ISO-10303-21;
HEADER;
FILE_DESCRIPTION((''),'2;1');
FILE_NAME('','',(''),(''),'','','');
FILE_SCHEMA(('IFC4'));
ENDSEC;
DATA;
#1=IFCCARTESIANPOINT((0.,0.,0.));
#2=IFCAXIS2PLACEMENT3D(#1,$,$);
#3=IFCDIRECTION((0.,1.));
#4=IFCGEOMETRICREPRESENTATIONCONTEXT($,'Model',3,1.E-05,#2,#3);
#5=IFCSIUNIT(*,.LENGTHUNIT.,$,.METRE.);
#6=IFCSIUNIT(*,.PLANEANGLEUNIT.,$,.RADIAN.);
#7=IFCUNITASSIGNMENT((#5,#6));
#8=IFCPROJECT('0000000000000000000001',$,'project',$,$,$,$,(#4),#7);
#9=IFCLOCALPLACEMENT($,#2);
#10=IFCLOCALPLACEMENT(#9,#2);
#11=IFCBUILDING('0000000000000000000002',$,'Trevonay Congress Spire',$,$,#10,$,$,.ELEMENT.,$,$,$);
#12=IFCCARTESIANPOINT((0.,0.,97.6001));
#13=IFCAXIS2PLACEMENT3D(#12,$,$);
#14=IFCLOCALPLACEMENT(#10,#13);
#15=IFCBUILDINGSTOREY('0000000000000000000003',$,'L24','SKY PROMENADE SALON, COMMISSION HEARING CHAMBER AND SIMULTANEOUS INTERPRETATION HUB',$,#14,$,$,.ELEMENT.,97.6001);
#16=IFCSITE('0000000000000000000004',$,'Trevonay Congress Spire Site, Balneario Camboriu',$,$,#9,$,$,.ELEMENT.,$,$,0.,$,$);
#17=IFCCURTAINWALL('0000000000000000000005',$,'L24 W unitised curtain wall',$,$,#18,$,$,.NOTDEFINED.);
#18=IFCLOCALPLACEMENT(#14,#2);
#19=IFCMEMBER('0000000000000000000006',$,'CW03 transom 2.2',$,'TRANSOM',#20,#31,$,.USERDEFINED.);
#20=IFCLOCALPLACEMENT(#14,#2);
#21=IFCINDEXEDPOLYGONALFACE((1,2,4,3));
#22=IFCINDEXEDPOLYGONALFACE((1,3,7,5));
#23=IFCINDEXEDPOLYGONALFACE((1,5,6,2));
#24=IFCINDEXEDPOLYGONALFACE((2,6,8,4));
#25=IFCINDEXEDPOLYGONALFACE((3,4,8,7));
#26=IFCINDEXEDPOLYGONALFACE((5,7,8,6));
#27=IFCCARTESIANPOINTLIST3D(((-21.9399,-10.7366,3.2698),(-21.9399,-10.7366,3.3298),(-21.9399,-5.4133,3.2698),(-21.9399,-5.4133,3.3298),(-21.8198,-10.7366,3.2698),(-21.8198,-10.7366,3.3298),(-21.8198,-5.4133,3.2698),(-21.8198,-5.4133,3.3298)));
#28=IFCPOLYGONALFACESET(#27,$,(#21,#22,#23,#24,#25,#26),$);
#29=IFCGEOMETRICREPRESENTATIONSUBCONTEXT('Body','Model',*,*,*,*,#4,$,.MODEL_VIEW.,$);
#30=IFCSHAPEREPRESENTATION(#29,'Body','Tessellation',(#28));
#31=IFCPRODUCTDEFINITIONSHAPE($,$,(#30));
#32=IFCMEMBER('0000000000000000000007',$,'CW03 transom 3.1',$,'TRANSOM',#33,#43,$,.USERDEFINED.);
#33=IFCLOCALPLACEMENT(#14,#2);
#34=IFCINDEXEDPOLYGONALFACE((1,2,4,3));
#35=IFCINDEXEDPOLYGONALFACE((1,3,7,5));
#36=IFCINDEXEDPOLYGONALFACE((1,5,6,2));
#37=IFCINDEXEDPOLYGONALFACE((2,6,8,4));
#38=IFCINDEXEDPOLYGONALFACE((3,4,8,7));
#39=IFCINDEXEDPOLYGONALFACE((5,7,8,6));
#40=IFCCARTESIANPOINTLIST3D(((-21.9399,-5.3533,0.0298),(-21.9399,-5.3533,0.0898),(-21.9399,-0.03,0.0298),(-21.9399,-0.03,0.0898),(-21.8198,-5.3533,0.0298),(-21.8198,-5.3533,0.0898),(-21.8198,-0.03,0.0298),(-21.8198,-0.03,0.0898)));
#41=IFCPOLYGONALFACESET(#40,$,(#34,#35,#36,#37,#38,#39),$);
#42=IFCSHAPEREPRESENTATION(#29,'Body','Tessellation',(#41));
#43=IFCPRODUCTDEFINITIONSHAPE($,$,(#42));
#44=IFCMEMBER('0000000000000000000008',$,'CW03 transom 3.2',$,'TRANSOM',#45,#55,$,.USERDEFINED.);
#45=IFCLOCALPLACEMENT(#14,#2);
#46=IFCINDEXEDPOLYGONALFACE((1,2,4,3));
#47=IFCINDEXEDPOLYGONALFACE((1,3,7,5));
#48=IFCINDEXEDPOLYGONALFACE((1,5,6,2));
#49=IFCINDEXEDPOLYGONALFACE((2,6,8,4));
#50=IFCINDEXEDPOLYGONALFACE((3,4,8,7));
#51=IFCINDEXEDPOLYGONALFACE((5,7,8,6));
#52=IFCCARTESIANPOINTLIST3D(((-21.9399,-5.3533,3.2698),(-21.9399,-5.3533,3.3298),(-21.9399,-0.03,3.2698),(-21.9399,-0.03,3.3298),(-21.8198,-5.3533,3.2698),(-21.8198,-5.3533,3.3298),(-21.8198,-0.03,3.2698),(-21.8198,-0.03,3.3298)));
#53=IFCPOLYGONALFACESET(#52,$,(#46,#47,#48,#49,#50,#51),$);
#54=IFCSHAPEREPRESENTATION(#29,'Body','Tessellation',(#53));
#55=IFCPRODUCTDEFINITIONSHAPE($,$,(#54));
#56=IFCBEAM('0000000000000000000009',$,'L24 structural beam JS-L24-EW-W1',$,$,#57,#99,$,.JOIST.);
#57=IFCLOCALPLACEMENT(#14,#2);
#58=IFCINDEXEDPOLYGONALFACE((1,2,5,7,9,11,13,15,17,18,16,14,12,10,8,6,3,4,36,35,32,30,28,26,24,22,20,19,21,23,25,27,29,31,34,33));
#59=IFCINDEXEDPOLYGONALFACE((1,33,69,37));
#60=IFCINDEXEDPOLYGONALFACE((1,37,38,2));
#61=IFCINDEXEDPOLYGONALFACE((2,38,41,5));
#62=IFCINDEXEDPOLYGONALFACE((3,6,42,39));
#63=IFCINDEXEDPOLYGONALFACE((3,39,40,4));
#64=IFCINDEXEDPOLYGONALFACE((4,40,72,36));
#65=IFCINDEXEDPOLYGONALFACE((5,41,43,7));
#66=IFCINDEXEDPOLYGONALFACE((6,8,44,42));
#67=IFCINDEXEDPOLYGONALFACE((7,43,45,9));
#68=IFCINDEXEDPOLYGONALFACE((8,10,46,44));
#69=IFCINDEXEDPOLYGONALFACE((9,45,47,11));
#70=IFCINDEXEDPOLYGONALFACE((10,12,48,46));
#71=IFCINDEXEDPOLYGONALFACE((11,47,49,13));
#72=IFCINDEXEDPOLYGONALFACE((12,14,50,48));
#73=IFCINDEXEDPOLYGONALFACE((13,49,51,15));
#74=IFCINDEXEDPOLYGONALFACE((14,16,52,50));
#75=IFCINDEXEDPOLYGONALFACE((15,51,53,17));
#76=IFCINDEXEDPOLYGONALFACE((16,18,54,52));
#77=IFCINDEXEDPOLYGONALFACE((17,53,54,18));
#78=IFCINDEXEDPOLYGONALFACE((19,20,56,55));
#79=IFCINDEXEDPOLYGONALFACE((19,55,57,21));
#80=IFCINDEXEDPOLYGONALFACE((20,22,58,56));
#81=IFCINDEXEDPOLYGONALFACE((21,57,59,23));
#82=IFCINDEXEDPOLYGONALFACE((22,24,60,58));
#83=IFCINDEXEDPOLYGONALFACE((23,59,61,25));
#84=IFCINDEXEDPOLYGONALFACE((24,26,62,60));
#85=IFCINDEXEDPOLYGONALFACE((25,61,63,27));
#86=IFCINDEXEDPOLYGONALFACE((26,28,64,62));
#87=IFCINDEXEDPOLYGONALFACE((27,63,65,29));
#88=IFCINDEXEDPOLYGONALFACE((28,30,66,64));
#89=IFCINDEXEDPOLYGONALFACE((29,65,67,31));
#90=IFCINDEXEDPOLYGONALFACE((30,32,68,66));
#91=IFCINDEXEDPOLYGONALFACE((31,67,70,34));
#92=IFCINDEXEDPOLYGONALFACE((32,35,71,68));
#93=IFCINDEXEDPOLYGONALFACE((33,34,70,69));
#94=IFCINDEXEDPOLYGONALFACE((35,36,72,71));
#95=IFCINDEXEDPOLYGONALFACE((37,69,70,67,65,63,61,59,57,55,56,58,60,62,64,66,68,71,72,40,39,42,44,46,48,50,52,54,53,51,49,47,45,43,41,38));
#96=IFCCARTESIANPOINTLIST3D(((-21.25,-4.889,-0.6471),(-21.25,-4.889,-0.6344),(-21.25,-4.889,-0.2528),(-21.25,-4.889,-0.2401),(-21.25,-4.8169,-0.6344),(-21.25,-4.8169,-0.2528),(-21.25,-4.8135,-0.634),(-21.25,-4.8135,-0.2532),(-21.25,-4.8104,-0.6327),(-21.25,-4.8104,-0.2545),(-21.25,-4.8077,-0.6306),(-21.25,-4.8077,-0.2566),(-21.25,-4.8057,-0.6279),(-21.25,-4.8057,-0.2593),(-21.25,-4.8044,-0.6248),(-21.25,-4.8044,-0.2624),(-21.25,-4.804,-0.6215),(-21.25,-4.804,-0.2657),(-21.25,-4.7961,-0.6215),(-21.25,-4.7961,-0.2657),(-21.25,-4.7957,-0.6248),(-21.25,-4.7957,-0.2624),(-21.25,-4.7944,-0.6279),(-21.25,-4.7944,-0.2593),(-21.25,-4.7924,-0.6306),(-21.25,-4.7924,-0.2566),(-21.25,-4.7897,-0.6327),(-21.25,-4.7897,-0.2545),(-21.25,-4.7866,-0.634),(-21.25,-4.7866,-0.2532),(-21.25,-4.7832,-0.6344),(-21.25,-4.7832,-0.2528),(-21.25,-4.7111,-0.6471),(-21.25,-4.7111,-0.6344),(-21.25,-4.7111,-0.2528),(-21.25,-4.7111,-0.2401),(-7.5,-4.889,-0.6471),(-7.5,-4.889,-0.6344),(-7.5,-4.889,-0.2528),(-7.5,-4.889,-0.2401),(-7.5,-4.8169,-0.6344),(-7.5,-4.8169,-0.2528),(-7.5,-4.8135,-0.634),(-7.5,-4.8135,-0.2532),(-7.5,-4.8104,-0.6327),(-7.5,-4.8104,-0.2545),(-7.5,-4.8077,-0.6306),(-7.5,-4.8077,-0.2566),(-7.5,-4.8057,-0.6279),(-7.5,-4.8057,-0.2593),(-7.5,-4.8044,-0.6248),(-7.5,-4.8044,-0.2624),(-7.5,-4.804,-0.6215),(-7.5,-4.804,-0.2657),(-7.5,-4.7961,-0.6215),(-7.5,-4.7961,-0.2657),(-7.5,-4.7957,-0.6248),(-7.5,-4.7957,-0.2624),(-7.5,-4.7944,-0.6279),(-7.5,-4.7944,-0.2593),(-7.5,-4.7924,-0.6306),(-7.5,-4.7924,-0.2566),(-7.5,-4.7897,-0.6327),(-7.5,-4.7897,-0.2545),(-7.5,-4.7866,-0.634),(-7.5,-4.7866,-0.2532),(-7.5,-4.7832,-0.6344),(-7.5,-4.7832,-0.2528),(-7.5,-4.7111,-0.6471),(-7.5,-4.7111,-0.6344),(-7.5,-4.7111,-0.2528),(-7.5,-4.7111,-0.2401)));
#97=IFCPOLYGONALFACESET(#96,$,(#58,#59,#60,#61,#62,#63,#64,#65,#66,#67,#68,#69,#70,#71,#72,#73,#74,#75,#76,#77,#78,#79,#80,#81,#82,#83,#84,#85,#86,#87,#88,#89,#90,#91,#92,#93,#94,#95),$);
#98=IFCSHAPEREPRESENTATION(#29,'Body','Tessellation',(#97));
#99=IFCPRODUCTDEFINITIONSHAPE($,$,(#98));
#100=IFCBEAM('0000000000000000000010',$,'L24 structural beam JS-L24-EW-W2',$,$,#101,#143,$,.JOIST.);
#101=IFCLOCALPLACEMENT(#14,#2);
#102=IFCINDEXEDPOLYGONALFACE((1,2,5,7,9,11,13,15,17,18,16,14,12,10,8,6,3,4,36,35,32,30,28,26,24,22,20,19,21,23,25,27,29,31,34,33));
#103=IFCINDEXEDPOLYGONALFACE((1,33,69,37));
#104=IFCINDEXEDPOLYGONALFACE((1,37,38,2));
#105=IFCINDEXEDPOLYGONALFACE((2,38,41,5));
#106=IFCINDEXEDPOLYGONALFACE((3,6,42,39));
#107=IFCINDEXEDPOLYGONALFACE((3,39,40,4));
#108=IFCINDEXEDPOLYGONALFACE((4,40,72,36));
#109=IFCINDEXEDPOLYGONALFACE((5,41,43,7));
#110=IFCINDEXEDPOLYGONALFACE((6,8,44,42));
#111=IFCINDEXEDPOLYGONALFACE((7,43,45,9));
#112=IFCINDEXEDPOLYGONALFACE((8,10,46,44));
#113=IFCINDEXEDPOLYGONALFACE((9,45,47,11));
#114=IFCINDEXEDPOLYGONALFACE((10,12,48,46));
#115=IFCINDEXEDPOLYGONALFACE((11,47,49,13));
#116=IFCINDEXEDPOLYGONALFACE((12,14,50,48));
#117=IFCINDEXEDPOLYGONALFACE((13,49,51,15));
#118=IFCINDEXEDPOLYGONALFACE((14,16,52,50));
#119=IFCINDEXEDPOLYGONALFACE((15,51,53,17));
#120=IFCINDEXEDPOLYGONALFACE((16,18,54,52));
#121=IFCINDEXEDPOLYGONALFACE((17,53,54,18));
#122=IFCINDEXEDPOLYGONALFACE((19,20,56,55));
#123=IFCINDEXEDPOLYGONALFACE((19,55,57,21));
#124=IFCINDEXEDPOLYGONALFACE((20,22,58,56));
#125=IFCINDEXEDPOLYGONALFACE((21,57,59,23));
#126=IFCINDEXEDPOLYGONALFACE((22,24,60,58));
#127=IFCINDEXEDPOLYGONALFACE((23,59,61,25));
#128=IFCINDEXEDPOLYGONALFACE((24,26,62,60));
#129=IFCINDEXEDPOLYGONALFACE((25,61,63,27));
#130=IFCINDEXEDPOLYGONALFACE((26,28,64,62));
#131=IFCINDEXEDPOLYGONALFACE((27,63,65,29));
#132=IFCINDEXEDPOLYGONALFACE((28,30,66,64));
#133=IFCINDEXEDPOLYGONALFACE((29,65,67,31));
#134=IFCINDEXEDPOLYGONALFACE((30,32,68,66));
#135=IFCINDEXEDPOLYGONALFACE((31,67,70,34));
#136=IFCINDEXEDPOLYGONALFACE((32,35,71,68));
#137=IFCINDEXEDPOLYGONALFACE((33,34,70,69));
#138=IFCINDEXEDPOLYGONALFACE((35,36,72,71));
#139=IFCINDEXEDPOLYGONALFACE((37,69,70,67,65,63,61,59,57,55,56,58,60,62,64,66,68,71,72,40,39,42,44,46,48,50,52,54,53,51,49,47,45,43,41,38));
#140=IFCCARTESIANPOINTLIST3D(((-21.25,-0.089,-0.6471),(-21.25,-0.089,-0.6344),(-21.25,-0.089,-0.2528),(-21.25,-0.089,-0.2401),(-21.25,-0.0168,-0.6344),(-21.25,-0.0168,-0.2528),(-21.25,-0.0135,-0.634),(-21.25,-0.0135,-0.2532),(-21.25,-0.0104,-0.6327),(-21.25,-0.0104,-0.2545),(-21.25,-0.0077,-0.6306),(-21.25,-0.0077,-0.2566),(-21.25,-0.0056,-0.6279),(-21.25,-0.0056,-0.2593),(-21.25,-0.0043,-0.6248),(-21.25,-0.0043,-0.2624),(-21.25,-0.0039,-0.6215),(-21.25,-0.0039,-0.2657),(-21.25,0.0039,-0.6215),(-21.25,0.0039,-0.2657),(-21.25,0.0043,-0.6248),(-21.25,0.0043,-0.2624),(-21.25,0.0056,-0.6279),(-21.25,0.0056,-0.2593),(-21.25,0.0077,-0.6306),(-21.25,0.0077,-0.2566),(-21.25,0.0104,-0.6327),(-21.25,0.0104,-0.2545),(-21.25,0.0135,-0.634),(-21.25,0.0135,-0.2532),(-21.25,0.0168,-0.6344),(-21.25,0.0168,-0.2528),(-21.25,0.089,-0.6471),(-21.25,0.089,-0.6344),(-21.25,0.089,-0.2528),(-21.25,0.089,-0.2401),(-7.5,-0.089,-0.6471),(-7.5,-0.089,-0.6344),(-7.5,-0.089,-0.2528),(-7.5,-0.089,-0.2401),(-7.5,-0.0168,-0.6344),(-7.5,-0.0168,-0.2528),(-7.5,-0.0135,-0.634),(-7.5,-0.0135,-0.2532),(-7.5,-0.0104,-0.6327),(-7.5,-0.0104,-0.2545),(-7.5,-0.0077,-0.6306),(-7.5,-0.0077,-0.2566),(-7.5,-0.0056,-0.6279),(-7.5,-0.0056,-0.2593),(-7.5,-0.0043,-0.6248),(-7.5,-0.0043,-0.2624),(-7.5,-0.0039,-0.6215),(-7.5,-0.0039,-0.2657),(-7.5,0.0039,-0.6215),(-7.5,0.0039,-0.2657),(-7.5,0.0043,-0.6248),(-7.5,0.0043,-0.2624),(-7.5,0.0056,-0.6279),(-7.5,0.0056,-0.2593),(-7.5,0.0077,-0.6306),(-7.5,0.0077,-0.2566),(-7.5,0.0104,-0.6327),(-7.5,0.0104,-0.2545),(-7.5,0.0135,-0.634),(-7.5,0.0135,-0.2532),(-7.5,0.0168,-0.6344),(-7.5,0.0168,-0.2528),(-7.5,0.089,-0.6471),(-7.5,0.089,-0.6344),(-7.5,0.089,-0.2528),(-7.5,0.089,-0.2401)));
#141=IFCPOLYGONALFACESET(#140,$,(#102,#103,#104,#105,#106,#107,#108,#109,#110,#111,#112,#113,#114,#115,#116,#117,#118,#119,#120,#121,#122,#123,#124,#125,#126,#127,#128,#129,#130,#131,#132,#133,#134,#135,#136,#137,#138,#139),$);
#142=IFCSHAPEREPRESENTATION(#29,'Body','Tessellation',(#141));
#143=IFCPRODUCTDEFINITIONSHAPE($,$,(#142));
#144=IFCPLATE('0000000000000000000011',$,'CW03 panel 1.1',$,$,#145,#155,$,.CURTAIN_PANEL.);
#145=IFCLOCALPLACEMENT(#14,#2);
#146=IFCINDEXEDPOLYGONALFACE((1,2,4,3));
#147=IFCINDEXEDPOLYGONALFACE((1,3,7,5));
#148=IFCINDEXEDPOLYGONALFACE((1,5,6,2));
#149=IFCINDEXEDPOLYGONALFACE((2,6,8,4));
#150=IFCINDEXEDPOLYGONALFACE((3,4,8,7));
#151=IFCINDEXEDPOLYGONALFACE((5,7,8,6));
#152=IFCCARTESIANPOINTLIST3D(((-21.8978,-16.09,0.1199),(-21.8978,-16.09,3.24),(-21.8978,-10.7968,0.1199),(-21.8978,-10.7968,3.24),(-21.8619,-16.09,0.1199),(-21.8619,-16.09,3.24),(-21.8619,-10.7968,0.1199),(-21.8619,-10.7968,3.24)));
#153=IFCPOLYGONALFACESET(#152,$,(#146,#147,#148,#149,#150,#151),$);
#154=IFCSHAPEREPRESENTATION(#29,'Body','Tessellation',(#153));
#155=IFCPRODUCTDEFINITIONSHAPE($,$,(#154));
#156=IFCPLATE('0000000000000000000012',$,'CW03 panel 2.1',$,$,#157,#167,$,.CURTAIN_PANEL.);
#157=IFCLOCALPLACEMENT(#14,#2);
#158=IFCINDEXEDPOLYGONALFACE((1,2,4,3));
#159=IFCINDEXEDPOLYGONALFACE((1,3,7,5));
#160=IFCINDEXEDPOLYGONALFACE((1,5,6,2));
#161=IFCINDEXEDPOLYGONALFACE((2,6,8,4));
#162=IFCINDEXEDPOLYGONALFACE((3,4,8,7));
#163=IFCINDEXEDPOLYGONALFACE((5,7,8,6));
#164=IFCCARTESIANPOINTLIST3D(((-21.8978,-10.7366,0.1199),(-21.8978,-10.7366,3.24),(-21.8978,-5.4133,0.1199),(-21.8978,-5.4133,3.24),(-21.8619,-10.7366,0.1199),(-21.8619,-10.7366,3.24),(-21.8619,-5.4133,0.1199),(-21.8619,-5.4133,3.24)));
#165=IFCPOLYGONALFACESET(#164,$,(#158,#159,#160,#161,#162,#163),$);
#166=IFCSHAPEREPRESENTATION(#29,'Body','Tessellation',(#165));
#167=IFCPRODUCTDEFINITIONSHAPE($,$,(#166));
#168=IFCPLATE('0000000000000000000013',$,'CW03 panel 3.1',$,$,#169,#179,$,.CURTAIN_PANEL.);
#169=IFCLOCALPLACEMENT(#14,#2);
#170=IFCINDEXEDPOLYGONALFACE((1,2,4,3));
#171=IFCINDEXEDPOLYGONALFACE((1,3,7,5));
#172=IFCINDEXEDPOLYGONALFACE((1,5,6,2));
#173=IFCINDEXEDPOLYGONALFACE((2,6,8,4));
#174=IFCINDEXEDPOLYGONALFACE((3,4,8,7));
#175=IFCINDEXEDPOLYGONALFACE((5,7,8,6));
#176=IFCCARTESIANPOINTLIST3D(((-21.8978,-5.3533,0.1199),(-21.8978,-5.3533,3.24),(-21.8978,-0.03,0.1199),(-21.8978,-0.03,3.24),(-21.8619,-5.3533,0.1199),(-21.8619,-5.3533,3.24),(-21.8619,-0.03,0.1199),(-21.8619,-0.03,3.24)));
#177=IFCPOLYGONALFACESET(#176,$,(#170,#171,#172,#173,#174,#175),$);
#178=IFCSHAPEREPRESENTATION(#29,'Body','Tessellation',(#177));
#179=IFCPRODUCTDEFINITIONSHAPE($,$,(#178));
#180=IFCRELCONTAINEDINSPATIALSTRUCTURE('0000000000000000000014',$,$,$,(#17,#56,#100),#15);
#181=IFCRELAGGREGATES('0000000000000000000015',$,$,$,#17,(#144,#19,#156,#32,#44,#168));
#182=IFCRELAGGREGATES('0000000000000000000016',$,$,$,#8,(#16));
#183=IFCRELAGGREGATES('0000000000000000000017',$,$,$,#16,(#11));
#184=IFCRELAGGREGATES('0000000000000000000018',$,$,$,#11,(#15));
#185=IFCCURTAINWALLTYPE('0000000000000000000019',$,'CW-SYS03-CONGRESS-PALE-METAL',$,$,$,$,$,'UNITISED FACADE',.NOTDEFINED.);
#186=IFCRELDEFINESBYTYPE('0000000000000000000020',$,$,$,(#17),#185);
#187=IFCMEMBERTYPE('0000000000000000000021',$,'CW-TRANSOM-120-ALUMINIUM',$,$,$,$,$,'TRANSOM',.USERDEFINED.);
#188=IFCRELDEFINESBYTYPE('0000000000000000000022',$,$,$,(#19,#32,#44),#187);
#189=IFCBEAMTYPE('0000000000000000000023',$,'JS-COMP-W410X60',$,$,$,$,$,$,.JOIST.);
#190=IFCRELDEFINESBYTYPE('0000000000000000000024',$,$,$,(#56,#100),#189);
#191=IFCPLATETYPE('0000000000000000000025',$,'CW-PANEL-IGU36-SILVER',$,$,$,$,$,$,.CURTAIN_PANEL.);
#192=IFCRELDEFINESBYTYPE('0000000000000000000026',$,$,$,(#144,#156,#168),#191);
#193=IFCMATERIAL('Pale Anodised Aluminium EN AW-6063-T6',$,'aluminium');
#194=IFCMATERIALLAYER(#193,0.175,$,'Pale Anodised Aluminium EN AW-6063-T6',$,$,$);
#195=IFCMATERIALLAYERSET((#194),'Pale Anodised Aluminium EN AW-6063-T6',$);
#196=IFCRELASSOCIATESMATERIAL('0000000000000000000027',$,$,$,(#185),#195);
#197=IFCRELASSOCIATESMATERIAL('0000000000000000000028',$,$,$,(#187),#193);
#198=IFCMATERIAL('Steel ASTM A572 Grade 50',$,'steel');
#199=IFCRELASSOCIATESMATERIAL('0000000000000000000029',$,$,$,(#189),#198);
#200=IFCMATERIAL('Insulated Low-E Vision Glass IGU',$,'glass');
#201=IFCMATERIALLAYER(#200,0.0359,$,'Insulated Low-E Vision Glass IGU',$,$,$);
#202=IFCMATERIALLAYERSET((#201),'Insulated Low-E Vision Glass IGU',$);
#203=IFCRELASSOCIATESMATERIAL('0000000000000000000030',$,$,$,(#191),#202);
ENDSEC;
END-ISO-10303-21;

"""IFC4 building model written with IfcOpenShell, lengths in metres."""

from ifc_helpers import new_model, si_unit, direction, frame, origin, origin_2d, place, context, subcontext, project, spatial, rectangle, i_section, extrude, material, layer, layer_set, material_profile, profile_set, type_object, element, aggregate, save


model = new_model("IFC4")

# Units and contexts
model_context = context("Model", 3, precision=1e-05, world=origin(), true_north=direction((0.0, 1.0)))
body_context = subcontext(model_context, "Body", "Model", "MODEL_VIEW")
ifc_project = project(units=[si_unit("LENGTHUNIT", "METRE"), si_unit("PLANEANGLEUNIT", "RADIAN")], contexts=[model_context])

# Site, building, storey
site_placement = place(None, origin())
site = spatial("IfcSite", under=ifc_project, at=site_placement, Name="Trevonay Congress Spire Site, Balneario Camboriu", CompositionType="ELEMENT", RefElevation=0.0)
building_placement = place(site_placement, origin())
building = spatial("IfcBuilding", under=site, at=building_placement, Name="Trevonay Congress Spire", CompositionType="ELEMENT")
storey_placement = place(building_placement, frame((0.0, 0.0, 97.6001)))
storey = spatial("IfcBuildingStorey", under=building, at=storey_placement, Name="L24", Description="SKY PROMENADE SALON, COMMISSION HEARING CHAMBER AND SIMULTANEOUS INTERPRETATION HUB", CompositionType="ELEMENT", Elevation=97.6001)

# Shared definitions
ifc_material_1 = material(Name="Steel ASTM A572 Grade 50", Category="steel")

# Curtain wall, members
ifc_material_2 = material(Name="Pale Anodised Aluminium EN AW-6063-T6", Category="aluminium")
ifc_layer_1 = layer(ifc_material_2, 0.175, Name="Pale Anodised Aluminium EN AW-6063-T6")
ifc_layer_set_1 = layer_set([ifc_layer_1], Name="Pale Anodised Aluminium EN AW-6063-T6")
curtain_wall_type = type_object("IfcCurtainWallType", Name="CW-SYS03-CONGRESS-PALE-METAL", ElementType="UNITISED FACADE", PredefinedType="NOTDEFINED", material=ifc_layer_set_1)
curtain_wall_placement = place(storey_placement, origin())
curtain_wall = element("IfcCurtainWall", 1, at=curtain_wall_placement, inside=storey, type_object=curtain_wall_type, Name="L24 W unitised curtain wall", PredefinedType="NOTDEFINED")
ifc_material_profile_1 = material_profile(ifc_material_2, rectangle(XDim=0.1201, YDim=0.0601, at=origin_2d()), Name="CW-TRANSOM-120-ALUMINIUM")
ifc_profile_set_1 = profile_set([ifc_material_profile_1], Name="Pale Anodised Aluminium EN AW-6063-T6")
member_type_1 = type_object("IfcMemberType", Name="CW-TRANSOM-120-ALUMINIUM", ElementType="TRANSOM", PredefinedType="USERDEFINED", material=ifc_profile_set_1)
member_1_placement = place(storey_placement, frame((-21.8799, -10.7366, 3.2998), z_axis=(0.0, 1.0, 0.0), x_axis=(-1.0, 0.0, 0.0)))
member_1 = element("IfcMember", 2, at=member_1_placement, type_object=member_type_1, Name="CW03 transom 2.2", ObjectType="TRANSOM", PredefinedType="USERDEFINED", context=body_context, shape_type="SweptSolid", body=[
    extrude(rectangle(XDim=0.1201, YDim=0.0601, at=origin_2d()), origin(), (0.0, 0.0, 1.0), 5.3232),
])
member_2_placement = place(storey_placement, frame((-21.8799, -5.3533, 0.0598), z_axis=(0.0, 1.0, 0.0), x_axis=(-1.0, 0.0, 0.0)))
member_2 = element("IfcMember", 3, at=member_2_placement, type_object=member_type_1, Name="CW03 transom 3.1", ObjectType="TRANSOM", PredefinedType="USERDEFINED", context=body_context, shape_type="SweptSolid", body=[
    extrude(rectangle(XDim=0.1201, YDim=0.0601, at=origin_2d()), origin(), (0.0, 0.0, 1.0), 5.3232),
])
member_3_placement = place(storey_placement, frame((-21.8799, -5.3533, 3.2998), z_axis=(0.0, 1.0, 0.0), x_axis=(-1.0, 0.0, 0.0)))
member_3 = element("IfcMember", 4, at=member_3_placement, type_object=member_type_1, Name="CW03 transom 3.2", ObjectType="TRANSOM", PredefinedType="USERDEFINED", context=body_context, shape_type="SweptSolid", body=[
    extrude(rectangle(XDim=0.1201, YDim=0.0601, at=origin_2d()), origin(), (0.0, 0.0, 1.0), 5.3232),
])

# Beams
ifc_material_profile_2 = material_profile(ifc_material_1, i_section(OverallWidth=0.178, OverallDepth=0.407, WebThickness=0.0078, FlangeThickness=0.0127, FilletRadius=0.0129, at=origin_2d()), Name="W410x60")
ifc_profile_set_2 = profile_set([ifc_material_profile_2], Name="Steel ASTM A572 Grade 50")
beam_type_1 = type_object("IfcBeamType", Name="JS-COMP-W410X60", PredefinedType="JOIST", material=ifc_profile_set_2)
for number, where, z_axis, x_axis, name in (
    (5, (-21.25, -4.8, -0.4436), (1.0, 0.0, 0.0), (0.0, 1.0, 0.0), "L24 structural beam JS-L24-EW-W1"),
    (6, (-21.25, 0.0, -0.4436), (1.0, 0.0, 0.0), (0.0, 1.0, 0.0), "L24 structural beam JS-L24-EW-W2"),
):
    element("IfcBeam", number, at=place(storey_placement, frame(where, z_axis=z_axis, x_axis=x_axis)), inside=storey, type_object=beam_type_1, Name=name, PredefinedType="JOIST", context=body_context, shape_type="SweptSolid", body=[
        extrude(i_section(OverallWidth=0.178, OverallDepth=0.407, WebThickness=0.0078, FlangeThickness=0.0127, FilletRadius=0.0129, at=origin_2d()), origin(), (0.0, 0.0, 1.0), 13.75),
    ])

# Plates
ifc_material_3 = material(Name="Insulated Low-E Vision Glass IGU", Category="glass")
ifc_layer_2 = layer(ifc_material_3, 0.0359, Name="Insulated Low-E Vision Glass IGU")
ifc_layer_set_2 = layer_set([ifc_layer_2], Name="Insulated Low-E Vision Glass IGU")
plate_type = type_object("IfcPlateType", Name="CW-PANEL-IGU36-SILVER", PredefinedType="CURTAIN_PANEL", material=ifc_layer_set_2)
plate_1_placement = place(storey_placement, frame((-21.8799, -13.4434, 0.1199), z_axis=(0.0, 0.0, 1.0), x_axis=(0.0, 1.0, 0.0)))
plate_1 = element("IfcPlate", 7, at=plate_1_placement, type_object=plate_type, Name="CW03 panel 1.1", PredefinedType="CURTAIN_PANEL", context=body_context, shape_type="SweptSolid", body=[
    extrude(rectangle(XDim=5.2932, YDim=0.0359, at=origin_2d()), origin(), (0.0, 0.0, 1.0), 3.1201),
])
plate_2_placement = place(storey_placement, frame((-21.8799, -8.075, 0.1199), z_axis=(0.0, 0.0, 1.0), x_axis=(0.0, 1.0, 0.0)))
plate_2 = element("IfcPlate", 8, at=plate_2_placement, type_object=plate_type, Name="CW03 panel 2.1", PredefinedType="CURTAIN_PANEL", context=body_context, shape_type="SweptSolid", body=[
    extrude(rectangle(XDim=5.3232, YDim=0.0359, at=origin_2d()), origin(), (0.0, 0.0, 1.0), 3.1201),
])
plate_3_placement = place(storey_placement, frame((-21.8799, -2.6917, 0.1199), z_axis=(0.0, 0.0, 1.0), x_axis=(0.0, 1.0, 0.0)))
plate_3 = element("IfcPlate", 9, at=plate_3_placement, type_object=plate_type, Name="CW03 panel 3.1", PredefinedType="CURTAIN_PANEL", context=body_context, shape_type="SweptSolid", body=[
    extrude(rectangle(XDim=5.3232, YDim=0.0359, at=origin_2d()), origin(), (0.0, 0.0, 1.0), 3.1201),
])
aggregate(curtain_wall, [plate_1, member_1, plate_2, member_2, member_3, plate_3])

save(model, "model.ifc")
